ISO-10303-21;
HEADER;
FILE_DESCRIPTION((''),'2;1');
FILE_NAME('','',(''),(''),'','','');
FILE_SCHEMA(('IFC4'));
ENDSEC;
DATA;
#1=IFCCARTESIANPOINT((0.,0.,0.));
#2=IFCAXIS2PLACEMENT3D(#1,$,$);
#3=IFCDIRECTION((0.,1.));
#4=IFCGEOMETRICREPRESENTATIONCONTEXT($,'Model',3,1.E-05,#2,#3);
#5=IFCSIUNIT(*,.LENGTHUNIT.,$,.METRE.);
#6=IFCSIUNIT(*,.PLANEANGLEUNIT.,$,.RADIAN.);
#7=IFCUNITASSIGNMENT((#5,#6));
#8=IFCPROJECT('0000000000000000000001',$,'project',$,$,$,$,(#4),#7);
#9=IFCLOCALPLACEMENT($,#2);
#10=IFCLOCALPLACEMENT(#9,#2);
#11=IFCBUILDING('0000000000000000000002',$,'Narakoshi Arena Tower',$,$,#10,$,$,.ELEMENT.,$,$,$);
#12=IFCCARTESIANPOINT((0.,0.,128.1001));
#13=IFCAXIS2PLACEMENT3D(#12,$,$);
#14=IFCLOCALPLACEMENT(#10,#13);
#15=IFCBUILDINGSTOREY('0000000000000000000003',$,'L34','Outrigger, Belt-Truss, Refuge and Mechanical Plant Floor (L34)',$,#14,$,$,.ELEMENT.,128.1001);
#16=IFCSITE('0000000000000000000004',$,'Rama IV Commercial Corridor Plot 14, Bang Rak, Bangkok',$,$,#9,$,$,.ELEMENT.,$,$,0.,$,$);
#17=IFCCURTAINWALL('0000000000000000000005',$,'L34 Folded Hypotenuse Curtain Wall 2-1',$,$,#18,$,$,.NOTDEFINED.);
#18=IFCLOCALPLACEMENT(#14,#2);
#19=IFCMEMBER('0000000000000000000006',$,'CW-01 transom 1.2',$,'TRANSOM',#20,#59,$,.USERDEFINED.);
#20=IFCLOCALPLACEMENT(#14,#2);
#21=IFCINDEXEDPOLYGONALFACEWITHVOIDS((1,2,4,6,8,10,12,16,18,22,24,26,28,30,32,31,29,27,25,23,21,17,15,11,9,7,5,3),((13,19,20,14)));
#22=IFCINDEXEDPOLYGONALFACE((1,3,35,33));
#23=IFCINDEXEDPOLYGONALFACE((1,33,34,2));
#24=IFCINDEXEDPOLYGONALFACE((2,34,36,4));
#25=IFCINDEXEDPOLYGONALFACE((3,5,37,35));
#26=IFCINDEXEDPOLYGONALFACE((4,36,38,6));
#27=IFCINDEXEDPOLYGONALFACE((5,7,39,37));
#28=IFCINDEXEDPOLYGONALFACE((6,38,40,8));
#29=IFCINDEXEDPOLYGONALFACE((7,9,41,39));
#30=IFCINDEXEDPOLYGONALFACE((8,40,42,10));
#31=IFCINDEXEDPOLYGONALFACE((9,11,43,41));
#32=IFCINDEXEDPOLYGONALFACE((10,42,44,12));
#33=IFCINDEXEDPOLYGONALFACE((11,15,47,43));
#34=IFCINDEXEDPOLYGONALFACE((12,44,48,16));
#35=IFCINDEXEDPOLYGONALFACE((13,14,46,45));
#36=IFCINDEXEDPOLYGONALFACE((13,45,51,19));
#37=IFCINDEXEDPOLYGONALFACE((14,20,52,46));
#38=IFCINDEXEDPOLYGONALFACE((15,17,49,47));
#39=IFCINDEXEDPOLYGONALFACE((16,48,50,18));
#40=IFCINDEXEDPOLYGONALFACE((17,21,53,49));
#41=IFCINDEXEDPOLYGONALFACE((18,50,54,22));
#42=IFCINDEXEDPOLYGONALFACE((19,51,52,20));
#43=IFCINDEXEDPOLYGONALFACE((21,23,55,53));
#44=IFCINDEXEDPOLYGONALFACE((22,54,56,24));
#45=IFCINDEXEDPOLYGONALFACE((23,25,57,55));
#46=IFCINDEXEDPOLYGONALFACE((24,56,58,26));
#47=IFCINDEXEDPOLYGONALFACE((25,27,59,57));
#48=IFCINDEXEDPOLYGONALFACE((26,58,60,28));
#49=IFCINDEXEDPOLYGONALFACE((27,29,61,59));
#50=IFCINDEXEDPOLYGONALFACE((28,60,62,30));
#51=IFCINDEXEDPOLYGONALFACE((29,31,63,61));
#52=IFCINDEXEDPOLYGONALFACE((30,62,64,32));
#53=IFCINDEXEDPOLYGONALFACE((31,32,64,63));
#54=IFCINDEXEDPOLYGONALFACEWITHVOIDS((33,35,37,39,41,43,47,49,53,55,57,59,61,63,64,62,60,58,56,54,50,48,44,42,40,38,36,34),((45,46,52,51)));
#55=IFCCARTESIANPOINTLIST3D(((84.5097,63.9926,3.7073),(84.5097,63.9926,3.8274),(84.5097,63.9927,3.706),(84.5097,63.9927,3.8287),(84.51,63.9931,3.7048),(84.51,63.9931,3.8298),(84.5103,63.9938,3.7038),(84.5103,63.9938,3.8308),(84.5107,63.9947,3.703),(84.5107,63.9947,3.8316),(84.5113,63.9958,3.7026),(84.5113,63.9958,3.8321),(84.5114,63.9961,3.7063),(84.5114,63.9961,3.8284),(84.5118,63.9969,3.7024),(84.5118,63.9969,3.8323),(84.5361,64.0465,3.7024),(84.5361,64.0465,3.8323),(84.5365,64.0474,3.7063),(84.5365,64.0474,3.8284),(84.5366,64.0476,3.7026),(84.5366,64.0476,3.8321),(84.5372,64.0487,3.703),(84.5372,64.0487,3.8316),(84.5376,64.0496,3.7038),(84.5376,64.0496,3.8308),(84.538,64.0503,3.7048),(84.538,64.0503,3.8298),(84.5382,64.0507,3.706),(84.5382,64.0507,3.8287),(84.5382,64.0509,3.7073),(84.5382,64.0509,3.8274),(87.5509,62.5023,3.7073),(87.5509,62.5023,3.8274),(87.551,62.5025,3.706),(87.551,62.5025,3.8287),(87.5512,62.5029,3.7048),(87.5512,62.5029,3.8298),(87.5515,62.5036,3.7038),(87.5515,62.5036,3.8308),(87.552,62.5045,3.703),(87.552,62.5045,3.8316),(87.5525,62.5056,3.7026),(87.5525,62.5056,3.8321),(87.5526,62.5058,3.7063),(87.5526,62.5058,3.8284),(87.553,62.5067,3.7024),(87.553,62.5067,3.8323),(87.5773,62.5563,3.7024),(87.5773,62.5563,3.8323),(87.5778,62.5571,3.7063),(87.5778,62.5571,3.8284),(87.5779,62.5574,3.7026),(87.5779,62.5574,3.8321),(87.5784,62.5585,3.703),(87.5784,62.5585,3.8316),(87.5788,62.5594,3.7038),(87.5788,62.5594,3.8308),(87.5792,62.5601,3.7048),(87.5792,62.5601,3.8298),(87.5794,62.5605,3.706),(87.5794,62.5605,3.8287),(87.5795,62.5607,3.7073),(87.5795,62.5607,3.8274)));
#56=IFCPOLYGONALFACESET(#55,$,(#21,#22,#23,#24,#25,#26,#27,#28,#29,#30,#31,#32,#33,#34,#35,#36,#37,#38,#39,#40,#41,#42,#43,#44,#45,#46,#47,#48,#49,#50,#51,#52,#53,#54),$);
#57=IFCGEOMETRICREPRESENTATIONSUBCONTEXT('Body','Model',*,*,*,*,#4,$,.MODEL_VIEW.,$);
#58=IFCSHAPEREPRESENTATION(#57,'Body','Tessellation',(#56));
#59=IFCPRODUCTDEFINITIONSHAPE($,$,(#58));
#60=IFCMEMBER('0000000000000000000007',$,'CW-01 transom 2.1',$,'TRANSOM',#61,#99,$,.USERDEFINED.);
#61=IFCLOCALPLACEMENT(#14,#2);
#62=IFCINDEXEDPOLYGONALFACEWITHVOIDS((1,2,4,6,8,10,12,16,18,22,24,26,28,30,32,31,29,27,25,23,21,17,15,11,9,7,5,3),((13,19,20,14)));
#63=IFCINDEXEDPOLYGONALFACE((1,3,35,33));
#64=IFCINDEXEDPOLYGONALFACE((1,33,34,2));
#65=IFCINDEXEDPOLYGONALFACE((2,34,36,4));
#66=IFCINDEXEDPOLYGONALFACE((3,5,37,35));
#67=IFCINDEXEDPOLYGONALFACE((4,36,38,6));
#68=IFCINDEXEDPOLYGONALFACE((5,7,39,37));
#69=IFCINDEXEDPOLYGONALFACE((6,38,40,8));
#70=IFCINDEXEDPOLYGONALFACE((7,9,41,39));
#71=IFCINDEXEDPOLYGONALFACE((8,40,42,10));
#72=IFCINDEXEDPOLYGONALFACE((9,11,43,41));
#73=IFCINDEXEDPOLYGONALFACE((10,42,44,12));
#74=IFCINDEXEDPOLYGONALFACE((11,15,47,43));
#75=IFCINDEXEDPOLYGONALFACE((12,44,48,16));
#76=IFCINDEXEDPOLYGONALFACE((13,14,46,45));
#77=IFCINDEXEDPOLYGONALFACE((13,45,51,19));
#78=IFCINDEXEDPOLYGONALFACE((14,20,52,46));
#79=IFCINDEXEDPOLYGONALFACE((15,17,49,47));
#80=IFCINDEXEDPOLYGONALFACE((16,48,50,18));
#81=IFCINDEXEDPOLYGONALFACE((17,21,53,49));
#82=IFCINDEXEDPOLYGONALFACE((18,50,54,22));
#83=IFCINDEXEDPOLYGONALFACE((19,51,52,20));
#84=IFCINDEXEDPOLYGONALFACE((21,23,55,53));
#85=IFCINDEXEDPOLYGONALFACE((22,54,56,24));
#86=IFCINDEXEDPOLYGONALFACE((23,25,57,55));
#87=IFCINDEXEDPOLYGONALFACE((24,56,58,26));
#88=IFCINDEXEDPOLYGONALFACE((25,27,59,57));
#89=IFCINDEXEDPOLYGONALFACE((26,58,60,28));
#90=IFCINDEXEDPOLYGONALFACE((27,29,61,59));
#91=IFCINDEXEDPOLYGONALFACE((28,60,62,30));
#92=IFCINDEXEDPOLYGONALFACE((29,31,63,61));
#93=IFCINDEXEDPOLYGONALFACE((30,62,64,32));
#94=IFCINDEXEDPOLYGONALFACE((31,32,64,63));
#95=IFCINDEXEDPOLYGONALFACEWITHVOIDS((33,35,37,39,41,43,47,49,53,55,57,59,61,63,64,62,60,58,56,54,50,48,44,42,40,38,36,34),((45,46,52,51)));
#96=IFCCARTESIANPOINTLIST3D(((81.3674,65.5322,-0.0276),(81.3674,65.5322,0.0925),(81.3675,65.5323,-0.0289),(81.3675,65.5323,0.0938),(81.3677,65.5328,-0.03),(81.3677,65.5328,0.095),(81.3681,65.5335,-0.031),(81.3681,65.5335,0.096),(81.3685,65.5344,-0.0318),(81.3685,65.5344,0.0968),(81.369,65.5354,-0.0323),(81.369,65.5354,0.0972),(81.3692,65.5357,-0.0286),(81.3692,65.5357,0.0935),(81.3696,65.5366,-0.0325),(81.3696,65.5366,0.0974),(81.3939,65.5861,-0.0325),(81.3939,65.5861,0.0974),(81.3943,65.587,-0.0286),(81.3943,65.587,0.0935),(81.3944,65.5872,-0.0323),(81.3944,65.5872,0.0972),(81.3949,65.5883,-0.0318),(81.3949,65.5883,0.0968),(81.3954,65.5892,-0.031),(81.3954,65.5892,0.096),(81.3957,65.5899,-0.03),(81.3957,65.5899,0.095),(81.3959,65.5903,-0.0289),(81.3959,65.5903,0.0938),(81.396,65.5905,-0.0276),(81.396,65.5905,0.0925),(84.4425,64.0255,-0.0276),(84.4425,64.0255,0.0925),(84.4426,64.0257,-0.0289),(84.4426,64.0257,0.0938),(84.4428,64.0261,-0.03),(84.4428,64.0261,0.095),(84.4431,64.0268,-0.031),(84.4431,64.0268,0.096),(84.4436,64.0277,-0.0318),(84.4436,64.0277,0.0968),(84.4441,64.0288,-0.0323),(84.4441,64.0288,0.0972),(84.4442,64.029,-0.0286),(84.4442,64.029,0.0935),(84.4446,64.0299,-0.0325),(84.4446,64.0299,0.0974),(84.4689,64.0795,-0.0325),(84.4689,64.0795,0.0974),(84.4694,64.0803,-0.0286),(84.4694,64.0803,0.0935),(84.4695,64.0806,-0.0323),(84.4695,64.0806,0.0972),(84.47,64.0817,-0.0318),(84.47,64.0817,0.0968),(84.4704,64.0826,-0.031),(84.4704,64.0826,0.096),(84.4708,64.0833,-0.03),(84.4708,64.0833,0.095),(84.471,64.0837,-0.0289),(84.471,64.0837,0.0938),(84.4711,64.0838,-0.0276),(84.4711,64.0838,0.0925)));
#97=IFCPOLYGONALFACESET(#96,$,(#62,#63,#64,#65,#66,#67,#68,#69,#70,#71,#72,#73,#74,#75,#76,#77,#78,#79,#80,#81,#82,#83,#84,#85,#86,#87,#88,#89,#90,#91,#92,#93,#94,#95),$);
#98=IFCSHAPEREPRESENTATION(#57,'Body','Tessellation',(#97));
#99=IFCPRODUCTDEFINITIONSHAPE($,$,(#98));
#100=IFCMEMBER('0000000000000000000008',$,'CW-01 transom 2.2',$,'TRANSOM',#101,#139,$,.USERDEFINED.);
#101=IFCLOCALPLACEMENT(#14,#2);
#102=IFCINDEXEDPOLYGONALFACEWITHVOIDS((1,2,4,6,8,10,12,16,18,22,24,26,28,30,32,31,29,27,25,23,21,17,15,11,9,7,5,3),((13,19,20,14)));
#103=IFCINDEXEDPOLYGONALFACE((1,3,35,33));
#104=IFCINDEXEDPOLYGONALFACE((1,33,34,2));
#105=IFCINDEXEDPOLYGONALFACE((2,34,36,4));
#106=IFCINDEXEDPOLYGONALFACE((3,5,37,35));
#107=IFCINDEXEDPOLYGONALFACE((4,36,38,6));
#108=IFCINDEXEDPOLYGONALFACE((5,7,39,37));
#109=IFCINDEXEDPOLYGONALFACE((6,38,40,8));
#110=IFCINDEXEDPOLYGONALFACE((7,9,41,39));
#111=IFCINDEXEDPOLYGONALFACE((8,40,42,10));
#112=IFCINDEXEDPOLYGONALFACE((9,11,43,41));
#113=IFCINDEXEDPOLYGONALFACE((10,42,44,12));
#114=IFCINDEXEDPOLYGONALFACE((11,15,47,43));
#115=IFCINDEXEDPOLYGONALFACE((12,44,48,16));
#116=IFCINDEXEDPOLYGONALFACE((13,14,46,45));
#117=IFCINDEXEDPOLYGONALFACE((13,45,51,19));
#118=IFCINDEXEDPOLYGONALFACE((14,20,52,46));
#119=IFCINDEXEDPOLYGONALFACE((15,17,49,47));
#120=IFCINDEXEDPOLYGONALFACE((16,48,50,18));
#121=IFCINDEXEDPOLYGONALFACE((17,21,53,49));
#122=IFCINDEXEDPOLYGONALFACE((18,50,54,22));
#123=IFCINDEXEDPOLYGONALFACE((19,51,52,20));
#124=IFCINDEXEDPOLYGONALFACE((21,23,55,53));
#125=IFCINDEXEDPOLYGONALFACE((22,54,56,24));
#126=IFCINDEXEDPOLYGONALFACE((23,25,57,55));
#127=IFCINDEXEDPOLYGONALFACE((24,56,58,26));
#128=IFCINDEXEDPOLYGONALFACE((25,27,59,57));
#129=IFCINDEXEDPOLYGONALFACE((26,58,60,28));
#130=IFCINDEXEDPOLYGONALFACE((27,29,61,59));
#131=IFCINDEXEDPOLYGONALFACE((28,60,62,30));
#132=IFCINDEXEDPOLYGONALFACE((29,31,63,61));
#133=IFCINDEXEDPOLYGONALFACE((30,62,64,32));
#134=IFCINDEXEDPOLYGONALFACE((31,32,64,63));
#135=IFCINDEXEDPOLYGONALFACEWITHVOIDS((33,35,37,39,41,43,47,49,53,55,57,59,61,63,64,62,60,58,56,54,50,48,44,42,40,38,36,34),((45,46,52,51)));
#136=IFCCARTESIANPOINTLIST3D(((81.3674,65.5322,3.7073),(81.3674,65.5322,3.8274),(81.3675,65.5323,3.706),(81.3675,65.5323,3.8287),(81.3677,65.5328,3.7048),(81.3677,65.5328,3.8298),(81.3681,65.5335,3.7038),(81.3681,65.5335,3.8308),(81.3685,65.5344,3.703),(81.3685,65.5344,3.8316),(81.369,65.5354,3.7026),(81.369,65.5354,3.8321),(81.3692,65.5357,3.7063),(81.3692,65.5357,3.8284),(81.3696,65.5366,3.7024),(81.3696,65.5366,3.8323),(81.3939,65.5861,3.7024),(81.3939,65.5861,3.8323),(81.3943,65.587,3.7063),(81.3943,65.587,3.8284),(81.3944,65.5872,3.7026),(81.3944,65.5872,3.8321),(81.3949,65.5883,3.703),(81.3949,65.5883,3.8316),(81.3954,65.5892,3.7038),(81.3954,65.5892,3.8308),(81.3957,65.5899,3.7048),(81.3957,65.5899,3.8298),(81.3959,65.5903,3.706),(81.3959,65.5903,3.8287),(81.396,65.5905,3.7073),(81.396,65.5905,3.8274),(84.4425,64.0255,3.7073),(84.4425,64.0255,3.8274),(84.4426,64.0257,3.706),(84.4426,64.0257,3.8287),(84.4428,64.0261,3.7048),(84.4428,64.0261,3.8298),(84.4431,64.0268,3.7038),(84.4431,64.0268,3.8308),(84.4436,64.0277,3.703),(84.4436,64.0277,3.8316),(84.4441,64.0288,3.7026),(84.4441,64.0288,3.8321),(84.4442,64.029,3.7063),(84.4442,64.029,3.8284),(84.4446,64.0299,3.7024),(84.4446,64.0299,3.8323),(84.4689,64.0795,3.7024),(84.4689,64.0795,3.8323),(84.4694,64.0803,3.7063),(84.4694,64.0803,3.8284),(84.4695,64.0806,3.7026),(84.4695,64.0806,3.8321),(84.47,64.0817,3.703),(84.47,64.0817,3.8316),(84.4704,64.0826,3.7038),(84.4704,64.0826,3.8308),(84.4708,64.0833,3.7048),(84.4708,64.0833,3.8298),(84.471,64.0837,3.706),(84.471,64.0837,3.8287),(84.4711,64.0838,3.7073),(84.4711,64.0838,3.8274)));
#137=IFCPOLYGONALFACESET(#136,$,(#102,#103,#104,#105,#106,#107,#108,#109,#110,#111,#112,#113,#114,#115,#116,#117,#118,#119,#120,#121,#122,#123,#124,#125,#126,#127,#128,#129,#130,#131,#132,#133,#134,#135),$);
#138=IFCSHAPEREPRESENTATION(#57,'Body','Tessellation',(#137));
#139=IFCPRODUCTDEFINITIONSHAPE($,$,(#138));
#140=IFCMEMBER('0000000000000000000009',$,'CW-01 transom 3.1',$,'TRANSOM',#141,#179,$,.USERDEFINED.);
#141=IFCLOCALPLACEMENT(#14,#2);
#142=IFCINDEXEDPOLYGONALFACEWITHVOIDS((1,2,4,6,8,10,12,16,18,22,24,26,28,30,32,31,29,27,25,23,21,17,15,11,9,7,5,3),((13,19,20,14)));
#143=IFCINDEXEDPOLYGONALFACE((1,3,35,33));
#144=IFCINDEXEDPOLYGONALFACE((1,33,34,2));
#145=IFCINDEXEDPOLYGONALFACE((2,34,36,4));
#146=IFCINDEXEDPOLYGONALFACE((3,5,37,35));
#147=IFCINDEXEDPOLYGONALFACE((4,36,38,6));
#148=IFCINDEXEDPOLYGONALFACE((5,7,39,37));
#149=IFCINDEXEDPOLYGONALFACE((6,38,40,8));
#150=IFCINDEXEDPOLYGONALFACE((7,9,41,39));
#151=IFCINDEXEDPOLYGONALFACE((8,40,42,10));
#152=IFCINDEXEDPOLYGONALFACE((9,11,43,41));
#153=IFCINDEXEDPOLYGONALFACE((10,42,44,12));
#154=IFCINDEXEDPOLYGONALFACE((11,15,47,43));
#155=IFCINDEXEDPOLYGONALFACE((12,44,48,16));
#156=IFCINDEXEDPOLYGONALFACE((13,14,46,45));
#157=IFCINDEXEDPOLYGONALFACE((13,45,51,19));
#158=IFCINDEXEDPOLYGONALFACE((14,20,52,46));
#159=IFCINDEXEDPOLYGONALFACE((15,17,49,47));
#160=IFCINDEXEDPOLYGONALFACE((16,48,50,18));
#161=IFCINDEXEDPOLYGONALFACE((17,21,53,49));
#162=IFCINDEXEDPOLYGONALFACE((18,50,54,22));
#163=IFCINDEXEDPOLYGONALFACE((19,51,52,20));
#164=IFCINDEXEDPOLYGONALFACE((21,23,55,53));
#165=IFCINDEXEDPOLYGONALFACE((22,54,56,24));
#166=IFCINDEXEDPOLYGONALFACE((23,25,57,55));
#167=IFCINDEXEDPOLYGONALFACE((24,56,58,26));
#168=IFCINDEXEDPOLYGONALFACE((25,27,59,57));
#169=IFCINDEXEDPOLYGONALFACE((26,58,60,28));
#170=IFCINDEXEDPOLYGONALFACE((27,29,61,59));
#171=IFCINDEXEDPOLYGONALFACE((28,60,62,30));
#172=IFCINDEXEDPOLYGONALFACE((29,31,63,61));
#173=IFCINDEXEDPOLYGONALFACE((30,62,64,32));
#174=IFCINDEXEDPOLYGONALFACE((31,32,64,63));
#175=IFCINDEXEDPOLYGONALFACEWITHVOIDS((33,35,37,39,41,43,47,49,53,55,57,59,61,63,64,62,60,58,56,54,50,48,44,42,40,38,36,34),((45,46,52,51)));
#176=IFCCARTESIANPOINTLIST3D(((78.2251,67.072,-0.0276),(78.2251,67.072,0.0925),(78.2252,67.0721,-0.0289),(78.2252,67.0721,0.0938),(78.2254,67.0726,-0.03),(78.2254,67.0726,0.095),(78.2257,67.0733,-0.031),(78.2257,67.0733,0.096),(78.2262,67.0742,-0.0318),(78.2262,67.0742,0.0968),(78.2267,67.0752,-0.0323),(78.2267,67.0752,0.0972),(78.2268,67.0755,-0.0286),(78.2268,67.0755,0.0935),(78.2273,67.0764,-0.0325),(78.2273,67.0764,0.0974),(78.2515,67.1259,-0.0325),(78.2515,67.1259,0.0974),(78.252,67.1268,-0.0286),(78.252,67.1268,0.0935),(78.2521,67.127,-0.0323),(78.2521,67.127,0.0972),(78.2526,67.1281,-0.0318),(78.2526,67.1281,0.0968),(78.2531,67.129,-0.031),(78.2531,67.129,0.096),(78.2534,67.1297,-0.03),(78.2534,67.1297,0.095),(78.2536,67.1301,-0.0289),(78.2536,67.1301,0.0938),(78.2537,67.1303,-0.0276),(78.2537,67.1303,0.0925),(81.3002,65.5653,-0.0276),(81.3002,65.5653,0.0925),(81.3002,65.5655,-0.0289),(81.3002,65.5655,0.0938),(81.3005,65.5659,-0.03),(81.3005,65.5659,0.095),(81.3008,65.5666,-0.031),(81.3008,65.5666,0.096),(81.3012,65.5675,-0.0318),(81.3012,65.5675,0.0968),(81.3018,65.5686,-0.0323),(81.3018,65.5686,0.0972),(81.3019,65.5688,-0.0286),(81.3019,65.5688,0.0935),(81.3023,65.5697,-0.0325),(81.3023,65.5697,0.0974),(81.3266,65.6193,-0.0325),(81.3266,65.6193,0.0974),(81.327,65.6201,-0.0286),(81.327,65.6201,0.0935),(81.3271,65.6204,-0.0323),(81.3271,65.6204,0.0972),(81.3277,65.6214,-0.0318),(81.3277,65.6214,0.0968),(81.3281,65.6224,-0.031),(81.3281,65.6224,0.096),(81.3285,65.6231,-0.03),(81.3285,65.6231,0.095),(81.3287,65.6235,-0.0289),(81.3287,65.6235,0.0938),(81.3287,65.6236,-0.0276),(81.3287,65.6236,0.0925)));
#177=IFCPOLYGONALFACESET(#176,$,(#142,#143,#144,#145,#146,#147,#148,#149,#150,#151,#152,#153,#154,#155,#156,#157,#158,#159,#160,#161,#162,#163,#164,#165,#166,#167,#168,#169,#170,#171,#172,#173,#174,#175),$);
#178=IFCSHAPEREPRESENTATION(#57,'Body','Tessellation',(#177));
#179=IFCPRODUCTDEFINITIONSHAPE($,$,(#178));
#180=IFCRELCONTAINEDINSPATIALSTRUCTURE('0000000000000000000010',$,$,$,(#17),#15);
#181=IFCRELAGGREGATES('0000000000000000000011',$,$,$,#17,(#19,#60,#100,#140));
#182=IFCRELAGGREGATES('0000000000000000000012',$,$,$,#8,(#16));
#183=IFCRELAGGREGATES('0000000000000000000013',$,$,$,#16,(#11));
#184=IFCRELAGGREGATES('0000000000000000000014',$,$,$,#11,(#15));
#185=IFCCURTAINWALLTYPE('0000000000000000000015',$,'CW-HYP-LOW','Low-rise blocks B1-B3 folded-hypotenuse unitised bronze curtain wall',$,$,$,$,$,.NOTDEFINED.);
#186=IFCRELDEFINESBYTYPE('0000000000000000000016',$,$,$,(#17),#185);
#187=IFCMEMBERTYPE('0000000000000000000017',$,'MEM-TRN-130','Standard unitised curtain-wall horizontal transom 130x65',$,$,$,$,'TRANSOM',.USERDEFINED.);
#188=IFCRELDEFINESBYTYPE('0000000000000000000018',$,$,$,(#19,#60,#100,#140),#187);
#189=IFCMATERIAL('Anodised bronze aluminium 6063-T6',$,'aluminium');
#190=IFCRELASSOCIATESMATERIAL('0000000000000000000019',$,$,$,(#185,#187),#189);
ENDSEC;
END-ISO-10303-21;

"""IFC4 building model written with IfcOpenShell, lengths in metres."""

from ifc_helpers import new_model, si_unit, direction, frame, origin, origin_2d, place, context, subcontext, project, spatial, hollow_rectangle, extrude, material, material_profile, profile_set, type_object, element, aggregate, save


model = new_model("IFC4")

# Units and contexts
model_context = context("Model", 3, precision=1e-05, world=origin(), true_north=direction((0.0, 1.0)))
body_context = subcontext(model_context, "Body", "Model", "MODEL_VIEW")
ifc_project = project(units=[si_unit("LENGTHUNIT", "METRE"), si_unit("PLANEANGLEUNIT", "RADIAN")], contexts=[model_context])

# Site, building, storey
site_placement = place(None, origin())
site = spatial("IfcSite", under=ifc_project, at=site_placement, Name="Rama IV Commercial Corridor Plot 14, Bang Rak, Bangkok", CompositionType="ELEMENT", RefElevation=0.0)
building_placement = place(site_placement, origin())
building = spatial("IfcBuilding", under=site, at=building_placement, Name="Narakoshi Arena Tower", CompositionType="ELEMENT")
storey_placement = place(building_placement, frame((0.0, 0.0, 128.1001)))
storey = spatial("IfcBuildingStorey", under=building, at=storey_placement, Name="L34", Description="Outrigger, Belt-Truss, Refuge and Mechanical Plant Floor (L34)", CompositionType="ELEMENT", Elevation=128.1001)

# Shared definitions
ifc_material_1 = material(Name="Anodised bronze aluminium 6063-T6", Category="aluminium")
curtain_wall_type = type_object("IfcCurtainWallType", Name="CW-HYP-LOW", Description="Low-rise blocks B1-B3 folded-hypotenuse unitised bronze curtain wall", PredefinedType="NOTDEFINED", material=ifc_material_1)

# Curtain wall, members
curtain_wall_1_placement = place(storey_placement, origin())
curtain_wall_1 = element("IfcCurtainWall", 1, at=curtain_wall_1_placement, inside=storey, type_object=curtain_wall_type, Name="L34 Folded Hypotenuse Curtain Wall 2-1", PredefinedType="NOTDEFINED")
ifc_material_profile_1 = material_profile(ifc_material_1, hollow_rectangle(XDim=0.0649, YDim=0.1299, WallThickness=0.0039, OuterFilletRadius=0.0049, at=origin_2d()), Name="TRN130x65x4")
ifc_profile_set_1 = profile_set([ifc_material_profile_1], Name="Anodised bronze aluminium 6063-T6")
member_type_1 = type_object("IfcMemberType", Name="MEM-TRN-130", Description="Standard unitised curtain-wall horizontal transom 130x65", ElementType="TRANSOM", PredefinedType="USERDEFINED", material=ifc_profile_set_1)
member_1_placement = place(storey_placement, frame((87.5652, 62.5315, 3.7673), z_axis=(-0.897988, 0.440019, 0.0), x_axis=(-0.440019, -0.897988, 0.0)))
member_1 = element("IfcMember", 2, at=member_1_placement, type_object=member_type_1, Name="CW-01 transom 1.2", ObjectType="TRANSOM", PredefinedType="USERDEFINED", context=body_context, shape_type="SweptSolid", body=[
    extrude(hollow_rectangle(XDim=0.0649, YDim=0.1299, WallThickness=0.0039, OuterFilletRadius=0.0049, at=origin_2d()), origin(), (0.0, 0.0, 1.0), 3.3867),
])
member_2_placement = place(storey_placement, frame((84.4568, 64.0547, 0.0325), z_axis=(-0.898006, 0.439984, 0.0), x_axis=(-0.439984, -0.898006, 0.0)))
member_2 = element("IfcMember", 3, at=member_2_placement, type_object=member_type_1, Name="CW-01 transom 2.1", ObjectType="TRANSOM", PredefinedType="USERDEFINED", context=body_context, shape_type="SweptSolid", body=[
    extrude(hollow_rectangle(XDim=0.0649, YDim=0.1299, WallThickness=0.0039, OuterFilletRadius=0.0049, at=origin_2d()), origin(), (0.0, 0.0, 1.0), 3.4243),
])
member_3_placement = place(storey_placement, frame((84.4568, 64.0547, 3.7673), z_axis=(-0.898006, 0.439984, 0.0), x_axis=(-0.439984, -0.898006, 0.0)))
member_3 = element("IfcMember", 4, at=member_3_placement, type_object=member_type_1, Name="CW-01 transom 2.2", ObjectType="TRANSOM", PredefinedType="USERDEFINED", context=body_context, shape_type="SweptSolid", body=[
    extrude(hollow_rectangle(XDim=0.0649, YDim=0.1299, WallThickness=0.0039, OuterFilletRadius=0.0049, at=origin_2d()), origin(), (0.0, 0.0, 1.0), 3.4243),
])
member_4_placement = place(storey_placement, frame((81.3145, 65.5945, 0.0325), z_axis=(-0.898006, 0.439984, 0.0), x_axis=(-0.439984, -0.898006, 0.0)))
member_4 = element("IfcMember", 5, at=member_4_placement, type_object=member_type_1, Name="CW-01 transom 3.1", ObjectType="TRANSOM", PredefinedType="USERDEFINED", context=body_context, shape_type="SweptSolid", body=[
    extrude(hollow_rectangle(XDim=0.0649, YDim=0.1299, WallThickness=0.0039, OuterFilletRadius=0.0049, at=origin_2d()), origin(), (0.0, 0.0, 1.0), 3.4243),
])

aggregate(curtain_wall_1, [member_1, member_2, member_3, member_4])

save(model, "model.ifc")
